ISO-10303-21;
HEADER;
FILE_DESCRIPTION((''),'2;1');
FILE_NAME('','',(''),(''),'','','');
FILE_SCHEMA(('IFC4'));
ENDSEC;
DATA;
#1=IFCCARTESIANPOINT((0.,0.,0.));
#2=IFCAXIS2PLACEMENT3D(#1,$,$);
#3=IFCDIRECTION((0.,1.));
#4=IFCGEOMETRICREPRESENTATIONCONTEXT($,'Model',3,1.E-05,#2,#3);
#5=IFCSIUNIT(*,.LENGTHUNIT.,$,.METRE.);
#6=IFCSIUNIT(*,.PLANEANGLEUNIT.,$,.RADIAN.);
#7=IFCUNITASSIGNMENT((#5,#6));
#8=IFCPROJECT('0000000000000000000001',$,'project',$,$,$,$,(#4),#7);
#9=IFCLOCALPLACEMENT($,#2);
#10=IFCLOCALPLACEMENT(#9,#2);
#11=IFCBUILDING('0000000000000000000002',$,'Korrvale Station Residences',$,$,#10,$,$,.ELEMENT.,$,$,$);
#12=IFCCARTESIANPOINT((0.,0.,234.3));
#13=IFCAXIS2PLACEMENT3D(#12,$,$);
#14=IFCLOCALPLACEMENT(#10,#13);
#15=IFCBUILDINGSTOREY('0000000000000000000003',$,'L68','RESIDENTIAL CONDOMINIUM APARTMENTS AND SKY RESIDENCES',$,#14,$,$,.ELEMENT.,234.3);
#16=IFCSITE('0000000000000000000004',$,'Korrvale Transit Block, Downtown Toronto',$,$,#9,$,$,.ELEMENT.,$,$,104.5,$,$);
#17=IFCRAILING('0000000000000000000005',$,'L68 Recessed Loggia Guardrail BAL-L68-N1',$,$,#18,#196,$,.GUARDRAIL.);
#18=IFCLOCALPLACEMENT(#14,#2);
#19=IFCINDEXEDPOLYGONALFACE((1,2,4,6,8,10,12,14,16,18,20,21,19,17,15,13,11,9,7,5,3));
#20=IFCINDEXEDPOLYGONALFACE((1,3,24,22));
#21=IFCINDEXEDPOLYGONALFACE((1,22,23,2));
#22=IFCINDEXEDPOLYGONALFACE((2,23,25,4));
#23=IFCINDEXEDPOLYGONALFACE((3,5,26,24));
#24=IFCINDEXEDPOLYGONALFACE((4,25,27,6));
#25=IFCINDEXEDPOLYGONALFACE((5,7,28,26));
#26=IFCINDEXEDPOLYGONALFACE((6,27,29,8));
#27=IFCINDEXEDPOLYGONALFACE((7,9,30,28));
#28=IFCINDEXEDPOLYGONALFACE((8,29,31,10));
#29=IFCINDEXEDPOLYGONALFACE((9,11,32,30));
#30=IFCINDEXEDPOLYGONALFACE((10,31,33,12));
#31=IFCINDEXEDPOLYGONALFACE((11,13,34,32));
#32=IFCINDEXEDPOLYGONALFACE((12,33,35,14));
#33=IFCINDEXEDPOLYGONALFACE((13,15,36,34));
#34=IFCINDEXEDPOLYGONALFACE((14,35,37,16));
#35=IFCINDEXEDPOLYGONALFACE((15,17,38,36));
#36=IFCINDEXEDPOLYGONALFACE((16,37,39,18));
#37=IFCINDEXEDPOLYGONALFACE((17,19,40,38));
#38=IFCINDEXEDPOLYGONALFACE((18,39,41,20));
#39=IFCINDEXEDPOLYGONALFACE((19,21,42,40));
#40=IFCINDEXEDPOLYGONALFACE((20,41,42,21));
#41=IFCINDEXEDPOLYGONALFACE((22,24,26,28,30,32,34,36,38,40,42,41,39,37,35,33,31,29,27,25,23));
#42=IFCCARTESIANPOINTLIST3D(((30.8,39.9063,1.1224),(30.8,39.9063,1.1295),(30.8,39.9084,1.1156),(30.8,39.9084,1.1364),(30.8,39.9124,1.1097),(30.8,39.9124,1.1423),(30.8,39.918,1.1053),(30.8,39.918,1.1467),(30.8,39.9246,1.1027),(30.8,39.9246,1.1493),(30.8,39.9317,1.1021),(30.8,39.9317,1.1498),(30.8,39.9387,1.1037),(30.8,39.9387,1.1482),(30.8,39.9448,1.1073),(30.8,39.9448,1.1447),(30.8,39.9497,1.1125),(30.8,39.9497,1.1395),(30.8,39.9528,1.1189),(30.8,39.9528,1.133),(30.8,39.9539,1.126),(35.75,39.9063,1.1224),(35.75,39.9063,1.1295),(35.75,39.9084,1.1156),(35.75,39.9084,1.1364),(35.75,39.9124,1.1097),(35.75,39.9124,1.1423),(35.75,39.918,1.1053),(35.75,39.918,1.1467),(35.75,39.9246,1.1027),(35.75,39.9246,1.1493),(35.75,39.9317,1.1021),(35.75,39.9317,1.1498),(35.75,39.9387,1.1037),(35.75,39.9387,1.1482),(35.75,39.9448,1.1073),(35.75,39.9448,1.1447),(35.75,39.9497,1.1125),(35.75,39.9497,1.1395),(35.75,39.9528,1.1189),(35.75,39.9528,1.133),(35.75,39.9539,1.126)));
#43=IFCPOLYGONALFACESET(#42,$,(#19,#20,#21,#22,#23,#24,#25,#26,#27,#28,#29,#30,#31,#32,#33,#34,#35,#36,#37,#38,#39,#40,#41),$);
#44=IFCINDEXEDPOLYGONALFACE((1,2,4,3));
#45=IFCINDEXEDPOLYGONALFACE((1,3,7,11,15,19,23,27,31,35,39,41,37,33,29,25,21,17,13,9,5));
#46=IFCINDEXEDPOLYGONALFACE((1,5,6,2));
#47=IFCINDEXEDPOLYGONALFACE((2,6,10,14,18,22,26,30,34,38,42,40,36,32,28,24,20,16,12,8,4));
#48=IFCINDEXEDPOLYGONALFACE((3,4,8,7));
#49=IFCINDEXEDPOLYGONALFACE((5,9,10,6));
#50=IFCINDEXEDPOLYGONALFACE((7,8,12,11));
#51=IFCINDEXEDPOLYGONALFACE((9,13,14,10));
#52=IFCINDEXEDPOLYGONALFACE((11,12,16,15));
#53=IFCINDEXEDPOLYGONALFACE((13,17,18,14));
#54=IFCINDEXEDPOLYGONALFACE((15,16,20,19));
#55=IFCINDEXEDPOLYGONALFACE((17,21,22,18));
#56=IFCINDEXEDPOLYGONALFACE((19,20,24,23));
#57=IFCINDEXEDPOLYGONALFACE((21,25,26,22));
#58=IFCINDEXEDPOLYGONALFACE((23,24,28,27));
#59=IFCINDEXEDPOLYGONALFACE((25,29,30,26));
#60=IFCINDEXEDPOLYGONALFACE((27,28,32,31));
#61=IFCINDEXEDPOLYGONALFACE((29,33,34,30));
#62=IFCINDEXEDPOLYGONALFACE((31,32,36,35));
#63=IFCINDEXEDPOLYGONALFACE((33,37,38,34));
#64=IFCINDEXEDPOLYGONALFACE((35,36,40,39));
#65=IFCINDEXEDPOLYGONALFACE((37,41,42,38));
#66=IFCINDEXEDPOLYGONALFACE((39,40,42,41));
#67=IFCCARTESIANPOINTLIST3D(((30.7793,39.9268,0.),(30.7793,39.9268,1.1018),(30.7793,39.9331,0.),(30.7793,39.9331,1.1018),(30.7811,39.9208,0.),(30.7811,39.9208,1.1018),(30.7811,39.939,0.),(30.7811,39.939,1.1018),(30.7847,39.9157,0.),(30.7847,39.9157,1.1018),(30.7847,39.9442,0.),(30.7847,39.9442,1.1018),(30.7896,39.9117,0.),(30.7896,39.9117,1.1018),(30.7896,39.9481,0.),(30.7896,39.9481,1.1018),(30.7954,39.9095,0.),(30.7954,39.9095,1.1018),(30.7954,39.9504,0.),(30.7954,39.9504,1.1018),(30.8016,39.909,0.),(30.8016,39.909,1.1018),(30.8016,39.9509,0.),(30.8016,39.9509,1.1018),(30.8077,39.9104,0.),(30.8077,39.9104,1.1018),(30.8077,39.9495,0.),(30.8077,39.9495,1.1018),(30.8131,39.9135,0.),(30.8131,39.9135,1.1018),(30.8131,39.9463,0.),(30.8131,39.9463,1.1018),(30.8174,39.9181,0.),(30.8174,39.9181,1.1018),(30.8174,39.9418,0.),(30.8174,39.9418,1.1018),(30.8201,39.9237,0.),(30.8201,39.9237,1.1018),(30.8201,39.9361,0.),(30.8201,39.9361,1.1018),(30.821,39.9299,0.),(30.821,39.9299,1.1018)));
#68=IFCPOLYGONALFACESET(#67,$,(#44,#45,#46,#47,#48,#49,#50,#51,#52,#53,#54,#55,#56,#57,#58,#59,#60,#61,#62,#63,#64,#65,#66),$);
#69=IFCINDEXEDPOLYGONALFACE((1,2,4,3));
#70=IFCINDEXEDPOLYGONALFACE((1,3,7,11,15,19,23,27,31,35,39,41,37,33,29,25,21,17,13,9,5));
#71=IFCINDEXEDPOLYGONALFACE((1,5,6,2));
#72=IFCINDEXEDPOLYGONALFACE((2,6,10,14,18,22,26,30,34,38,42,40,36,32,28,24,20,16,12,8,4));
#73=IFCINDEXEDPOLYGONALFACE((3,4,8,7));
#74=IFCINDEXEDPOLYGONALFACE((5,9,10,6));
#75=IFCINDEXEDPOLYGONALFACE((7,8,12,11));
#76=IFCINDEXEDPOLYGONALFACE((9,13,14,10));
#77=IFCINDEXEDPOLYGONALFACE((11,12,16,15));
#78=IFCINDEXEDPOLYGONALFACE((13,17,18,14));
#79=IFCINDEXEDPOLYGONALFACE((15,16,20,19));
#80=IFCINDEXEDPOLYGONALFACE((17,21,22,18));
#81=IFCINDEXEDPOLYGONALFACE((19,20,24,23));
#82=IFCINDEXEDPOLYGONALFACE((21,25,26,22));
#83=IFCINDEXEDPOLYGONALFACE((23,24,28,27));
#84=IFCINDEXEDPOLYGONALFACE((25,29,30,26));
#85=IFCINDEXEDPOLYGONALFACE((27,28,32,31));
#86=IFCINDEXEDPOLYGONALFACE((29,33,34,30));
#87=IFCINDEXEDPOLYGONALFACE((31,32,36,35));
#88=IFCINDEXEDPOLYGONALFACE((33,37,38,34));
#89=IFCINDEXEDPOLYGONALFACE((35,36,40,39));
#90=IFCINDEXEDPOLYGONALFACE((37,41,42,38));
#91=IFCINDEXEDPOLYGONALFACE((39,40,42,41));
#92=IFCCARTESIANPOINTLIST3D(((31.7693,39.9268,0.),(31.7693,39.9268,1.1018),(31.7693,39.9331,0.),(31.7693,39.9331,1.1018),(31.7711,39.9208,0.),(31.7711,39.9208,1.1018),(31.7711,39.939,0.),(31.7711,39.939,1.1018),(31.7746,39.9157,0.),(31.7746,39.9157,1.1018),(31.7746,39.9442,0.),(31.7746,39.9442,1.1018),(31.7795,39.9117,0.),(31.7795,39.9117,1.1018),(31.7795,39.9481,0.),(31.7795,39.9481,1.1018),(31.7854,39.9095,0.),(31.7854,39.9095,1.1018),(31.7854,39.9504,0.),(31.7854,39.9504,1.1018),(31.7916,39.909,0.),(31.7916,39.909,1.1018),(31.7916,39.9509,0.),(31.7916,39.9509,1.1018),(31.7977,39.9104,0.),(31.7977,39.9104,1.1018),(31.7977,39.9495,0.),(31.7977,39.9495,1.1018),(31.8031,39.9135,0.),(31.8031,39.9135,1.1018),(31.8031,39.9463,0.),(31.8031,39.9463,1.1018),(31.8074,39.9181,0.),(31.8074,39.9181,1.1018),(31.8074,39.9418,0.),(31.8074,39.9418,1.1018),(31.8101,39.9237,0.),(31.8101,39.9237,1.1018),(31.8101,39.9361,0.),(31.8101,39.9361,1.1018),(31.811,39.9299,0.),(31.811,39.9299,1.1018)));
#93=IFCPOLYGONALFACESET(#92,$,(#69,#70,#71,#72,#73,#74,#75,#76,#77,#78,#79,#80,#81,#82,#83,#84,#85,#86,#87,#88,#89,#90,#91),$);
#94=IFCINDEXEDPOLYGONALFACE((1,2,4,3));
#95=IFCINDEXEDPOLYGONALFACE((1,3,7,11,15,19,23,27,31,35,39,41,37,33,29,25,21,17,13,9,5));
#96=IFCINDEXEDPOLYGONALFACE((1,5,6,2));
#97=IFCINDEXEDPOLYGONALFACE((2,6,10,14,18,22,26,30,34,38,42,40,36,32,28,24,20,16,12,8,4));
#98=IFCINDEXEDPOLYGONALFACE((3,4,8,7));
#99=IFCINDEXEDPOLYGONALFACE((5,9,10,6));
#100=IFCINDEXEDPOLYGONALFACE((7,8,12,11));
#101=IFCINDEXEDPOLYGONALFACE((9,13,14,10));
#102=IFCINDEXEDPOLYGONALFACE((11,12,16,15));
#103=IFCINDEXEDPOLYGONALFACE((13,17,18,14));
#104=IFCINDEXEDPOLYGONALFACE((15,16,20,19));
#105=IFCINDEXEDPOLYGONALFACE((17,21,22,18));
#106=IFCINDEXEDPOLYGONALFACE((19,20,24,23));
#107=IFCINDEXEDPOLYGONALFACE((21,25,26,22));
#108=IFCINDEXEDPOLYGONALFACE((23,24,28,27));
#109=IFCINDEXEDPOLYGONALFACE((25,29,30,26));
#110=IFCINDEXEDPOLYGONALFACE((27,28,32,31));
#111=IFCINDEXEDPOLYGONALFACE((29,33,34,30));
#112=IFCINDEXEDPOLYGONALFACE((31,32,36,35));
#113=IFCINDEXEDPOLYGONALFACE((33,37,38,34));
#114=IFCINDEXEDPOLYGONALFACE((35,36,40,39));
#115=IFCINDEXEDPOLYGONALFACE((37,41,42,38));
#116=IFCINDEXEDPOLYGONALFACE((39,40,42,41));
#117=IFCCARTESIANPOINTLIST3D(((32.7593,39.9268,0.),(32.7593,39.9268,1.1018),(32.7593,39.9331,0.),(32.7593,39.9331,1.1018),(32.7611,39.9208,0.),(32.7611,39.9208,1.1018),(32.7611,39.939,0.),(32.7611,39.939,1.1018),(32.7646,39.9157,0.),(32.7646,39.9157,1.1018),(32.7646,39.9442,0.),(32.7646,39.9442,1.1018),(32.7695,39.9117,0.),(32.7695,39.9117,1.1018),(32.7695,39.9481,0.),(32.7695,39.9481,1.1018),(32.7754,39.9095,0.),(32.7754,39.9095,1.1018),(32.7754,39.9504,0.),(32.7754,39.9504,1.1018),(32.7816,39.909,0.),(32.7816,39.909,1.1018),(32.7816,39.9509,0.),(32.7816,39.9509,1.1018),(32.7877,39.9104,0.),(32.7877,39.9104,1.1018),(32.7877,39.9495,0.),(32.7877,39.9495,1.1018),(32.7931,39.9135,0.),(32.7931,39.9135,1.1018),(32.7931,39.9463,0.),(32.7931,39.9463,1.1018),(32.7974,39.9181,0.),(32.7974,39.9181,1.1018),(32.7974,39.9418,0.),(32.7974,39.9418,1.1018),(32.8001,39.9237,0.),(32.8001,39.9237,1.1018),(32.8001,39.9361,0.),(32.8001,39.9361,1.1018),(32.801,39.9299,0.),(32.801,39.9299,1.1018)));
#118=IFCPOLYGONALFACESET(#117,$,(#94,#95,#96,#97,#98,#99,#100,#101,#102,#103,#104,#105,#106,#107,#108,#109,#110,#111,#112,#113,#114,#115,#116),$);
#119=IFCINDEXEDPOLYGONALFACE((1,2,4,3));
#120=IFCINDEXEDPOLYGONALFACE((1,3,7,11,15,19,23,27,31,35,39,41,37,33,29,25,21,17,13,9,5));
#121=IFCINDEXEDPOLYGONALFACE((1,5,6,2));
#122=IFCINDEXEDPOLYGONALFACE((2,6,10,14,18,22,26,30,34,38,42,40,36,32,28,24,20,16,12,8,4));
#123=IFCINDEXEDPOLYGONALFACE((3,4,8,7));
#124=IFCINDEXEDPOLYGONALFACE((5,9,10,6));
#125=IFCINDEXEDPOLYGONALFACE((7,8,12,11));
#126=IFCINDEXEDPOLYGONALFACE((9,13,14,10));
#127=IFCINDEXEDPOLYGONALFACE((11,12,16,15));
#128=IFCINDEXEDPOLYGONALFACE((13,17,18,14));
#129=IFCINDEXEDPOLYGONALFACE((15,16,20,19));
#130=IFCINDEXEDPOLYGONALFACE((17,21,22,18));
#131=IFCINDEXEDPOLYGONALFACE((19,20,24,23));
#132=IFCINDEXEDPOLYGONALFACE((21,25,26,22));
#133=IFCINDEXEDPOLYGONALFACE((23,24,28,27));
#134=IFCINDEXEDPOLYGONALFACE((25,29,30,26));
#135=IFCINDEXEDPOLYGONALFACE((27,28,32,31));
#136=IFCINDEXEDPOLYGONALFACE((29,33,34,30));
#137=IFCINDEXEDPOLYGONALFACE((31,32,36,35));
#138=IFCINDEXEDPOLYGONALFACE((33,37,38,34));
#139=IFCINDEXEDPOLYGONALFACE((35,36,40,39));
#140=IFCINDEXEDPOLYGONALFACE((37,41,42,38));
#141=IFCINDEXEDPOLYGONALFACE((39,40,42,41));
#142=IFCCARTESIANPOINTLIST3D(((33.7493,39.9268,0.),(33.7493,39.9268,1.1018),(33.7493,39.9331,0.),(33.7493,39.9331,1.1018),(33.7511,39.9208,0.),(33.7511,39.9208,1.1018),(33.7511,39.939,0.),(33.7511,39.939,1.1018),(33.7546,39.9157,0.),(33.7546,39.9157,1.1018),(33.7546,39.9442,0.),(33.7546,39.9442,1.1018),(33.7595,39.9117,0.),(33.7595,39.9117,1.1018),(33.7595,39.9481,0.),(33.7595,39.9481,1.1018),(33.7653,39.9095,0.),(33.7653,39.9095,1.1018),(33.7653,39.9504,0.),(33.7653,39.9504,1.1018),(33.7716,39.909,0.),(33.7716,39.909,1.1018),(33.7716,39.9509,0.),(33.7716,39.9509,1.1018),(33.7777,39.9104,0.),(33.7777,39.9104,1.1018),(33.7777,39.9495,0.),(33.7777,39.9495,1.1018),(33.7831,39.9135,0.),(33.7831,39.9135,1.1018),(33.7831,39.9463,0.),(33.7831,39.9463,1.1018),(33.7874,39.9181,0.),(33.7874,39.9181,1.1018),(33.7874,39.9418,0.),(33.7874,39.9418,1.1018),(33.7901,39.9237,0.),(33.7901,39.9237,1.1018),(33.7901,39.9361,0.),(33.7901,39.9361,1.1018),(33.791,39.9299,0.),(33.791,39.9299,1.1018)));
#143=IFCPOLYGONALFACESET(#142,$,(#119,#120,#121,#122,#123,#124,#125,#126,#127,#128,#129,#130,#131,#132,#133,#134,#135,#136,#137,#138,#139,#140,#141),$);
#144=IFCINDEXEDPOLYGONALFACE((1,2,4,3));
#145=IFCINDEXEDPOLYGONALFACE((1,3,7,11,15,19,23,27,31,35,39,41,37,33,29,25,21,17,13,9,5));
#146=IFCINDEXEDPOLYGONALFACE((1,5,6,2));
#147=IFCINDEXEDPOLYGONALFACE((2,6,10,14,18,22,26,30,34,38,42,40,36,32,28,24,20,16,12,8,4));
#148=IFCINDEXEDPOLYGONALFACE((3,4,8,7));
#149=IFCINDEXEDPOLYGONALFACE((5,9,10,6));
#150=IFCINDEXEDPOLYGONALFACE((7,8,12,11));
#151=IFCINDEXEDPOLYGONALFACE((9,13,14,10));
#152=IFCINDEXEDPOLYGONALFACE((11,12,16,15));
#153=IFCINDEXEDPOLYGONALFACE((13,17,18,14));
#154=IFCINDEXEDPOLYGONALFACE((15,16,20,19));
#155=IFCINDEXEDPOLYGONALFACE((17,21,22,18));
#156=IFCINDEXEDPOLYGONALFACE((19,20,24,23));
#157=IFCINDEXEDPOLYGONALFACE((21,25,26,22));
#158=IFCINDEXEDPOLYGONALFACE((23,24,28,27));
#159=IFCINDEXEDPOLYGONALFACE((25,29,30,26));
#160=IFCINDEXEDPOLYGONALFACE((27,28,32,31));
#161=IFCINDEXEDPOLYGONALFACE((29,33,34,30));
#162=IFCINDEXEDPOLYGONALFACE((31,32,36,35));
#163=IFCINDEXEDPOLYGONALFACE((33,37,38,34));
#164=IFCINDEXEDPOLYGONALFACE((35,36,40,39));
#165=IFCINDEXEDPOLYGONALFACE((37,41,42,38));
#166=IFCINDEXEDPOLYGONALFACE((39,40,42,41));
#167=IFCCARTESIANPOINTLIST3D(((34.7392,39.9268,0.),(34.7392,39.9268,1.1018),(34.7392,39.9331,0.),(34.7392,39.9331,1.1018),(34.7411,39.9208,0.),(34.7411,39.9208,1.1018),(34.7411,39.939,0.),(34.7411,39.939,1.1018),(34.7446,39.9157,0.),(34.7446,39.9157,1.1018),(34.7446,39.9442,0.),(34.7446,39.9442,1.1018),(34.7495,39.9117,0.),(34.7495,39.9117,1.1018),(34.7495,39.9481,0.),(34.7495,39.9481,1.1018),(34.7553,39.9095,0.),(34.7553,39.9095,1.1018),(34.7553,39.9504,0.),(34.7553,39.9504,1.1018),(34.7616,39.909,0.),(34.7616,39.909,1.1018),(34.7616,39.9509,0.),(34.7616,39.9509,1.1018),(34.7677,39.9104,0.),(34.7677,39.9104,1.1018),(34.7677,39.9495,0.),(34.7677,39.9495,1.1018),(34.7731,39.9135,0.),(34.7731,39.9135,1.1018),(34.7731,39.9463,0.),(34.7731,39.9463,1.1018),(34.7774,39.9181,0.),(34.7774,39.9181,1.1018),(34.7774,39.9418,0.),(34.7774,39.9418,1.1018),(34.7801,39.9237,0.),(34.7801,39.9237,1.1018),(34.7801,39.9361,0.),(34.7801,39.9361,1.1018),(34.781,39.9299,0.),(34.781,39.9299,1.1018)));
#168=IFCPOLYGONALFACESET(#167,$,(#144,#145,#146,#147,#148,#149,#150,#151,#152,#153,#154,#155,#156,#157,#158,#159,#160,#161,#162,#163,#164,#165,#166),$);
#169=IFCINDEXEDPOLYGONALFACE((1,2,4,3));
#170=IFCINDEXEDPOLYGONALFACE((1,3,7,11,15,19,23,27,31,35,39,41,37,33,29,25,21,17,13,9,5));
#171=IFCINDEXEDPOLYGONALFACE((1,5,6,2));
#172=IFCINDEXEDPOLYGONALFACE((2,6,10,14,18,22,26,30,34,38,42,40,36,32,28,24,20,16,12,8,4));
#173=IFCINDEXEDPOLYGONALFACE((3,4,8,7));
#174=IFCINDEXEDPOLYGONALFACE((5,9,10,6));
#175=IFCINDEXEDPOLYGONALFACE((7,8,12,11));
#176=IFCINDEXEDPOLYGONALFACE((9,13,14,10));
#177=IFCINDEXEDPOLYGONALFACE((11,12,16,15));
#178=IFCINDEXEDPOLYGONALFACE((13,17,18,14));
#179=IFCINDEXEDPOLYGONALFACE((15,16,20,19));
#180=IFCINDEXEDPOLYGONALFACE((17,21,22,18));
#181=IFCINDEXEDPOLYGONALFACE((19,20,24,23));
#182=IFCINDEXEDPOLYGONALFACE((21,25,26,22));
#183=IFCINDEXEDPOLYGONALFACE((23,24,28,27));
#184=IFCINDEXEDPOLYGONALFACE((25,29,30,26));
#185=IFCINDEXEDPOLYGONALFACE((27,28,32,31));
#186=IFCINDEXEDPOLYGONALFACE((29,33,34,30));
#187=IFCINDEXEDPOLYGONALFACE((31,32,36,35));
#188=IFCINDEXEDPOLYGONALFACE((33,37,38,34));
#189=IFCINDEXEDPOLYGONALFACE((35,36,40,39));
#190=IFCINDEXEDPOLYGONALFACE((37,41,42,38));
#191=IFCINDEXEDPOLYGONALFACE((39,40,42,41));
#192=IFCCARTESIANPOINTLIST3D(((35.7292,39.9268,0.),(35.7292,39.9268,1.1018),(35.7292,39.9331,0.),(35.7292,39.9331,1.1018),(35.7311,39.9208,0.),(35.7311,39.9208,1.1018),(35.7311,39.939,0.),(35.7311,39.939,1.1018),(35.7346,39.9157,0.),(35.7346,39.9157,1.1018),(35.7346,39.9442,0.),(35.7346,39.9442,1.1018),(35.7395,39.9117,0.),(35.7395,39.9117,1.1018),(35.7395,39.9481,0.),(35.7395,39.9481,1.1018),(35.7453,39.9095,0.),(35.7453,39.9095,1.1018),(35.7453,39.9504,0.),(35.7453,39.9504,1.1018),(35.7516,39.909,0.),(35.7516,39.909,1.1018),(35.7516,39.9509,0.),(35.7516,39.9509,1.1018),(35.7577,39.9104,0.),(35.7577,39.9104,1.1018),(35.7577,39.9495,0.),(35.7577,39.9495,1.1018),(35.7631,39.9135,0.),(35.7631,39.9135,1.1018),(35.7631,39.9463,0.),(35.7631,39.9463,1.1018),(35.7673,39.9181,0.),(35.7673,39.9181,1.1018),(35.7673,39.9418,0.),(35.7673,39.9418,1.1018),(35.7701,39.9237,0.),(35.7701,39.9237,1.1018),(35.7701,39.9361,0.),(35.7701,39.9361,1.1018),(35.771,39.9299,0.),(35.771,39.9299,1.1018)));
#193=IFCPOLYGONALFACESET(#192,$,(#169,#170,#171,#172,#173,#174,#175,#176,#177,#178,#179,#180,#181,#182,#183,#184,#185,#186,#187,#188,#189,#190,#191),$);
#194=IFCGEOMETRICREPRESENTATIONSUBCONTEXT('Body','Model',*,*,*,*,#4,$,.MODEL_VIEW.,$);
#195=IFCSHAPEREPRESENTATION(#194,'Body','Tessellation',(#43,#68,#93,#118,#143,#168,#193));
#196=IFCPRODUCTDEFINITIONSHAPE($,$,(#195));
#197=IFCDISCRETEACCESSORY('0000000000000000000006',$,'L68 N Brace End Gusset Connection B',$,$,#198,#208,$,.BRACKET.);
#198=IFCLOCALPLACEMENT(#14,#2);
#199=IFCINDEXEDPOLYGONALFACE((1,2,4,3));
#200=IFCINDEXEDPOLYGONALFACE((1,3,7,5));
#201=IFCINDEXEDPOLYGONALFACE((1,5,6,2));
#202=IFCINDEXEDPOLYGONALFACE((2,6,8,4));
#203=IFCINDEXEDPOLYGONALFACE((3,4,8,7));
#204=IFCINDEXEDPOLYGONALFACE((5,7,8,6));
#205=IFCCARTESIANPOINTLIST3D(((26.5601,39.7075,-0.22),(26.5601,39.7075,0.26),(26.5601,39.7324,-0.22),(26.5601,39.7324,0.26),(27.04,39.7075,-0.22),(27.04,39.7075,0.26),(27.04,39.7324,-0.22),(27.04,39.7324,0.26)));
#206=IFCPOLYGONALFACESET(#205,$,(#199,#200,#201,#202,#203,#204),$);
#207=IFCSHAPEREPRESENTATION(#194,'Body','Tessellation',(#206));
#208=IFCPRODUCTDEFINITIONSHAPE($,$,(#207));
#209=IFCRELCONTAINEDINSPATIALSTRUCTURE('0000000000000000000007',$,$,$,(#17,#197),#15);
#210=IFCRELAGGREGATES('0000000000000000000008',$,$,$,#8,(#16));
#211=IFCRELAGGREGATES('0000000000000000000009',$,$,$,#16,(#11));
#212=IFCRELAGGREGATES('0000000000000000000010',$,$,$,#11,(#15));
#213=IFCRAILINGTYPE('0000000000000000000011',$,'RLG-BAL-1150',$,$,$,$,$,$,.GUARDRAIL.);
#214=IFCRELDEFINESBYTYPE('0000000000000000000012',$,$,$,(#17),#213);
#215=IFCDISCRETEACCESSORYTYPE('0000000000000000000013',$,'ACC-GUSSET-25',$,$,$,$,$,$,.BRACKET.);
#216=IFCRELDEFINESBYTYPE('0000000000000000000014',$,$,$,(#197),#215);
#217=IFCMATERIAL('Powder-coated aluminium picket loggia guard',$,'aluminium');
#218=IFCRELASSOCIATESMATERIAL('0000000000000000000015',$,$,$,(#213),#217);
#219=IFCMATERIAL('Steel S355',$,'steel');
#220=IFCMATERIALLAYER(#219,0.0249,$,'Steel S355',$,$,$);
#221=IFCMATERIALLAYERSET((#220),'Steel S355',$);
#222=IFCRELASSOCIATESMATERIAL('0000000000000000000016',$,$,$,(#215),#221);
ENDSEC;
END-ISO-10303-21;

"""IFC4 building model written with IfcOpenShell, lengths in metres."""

from ifc_helpers import new_model, si_unit, direction, frame, origin, origin_2d, place, context, subcontext, project, spatial, rectangle, circle, extrude, material, layer, layer_set, type_object, element, save


model = new_model("IFC4")

# Units and contexts
model_context = context("Model", 3, precision=1e-05, world=origin(), true_north=direction((0.0, 1.0)))
body_context = subcontext(model_context, "Body", "Model", "MODEL_VIEW")
ifc_project = project(units=[si_unit("LENGTHUNIT", "METRE"), si_unit("PLANEANGLEUNIT", "RADIAN")], contexts=[model_context])

# Site, building, storey
site_placement = place(None, origin())
site = spatial("IfcSite", under=ifc_project, at=site_placement, Name="Korrvale Transit Block, Downtown Toronto", CompositionType="ELEMENT", RefElevation=104.5)
building_placement = place(site_placement, origin())
building = spatial("IfcBuilding", under=site, at=building_placement, Name="Korrvale Station Residences", CompositionType="ELEMENT")
storey_placement = place(building_placement, frame((0.0, 0.0, 234.3)))
storey = spatial("IfcBuildingStorey", under=building, at=storey_placement, Name="L68", Description="RESIDENTIAL CONDOMINIUM APARTMENTS AND SKY RESIDENCES", CompositionType="ELEMENT", Elevation=234.3)

# Shared definitions
ifc_material_1 = material(Name="Steel S355", Category="steel")

# Railing
ifc_material_2 = material(Name="Powder-coated aluminium picket loggia guard", Category="aluminium")
railing_type = type_object("IfcRailingType", Name="RLG-BAL-1150", PredefinedType="GUARDRAIL", material=ifc_material_2)
railing_placement = place(storey_placement, frame((30.8, 39.9299, 0.0)))
element("IfcRailing", 1, at=railing_placement, inside=storey, type_object=railing_type, Name="L68 Recessed Loggia Guardrail BAL-L68-N1", PredefinedType="GUARDRAIL", context=body_context, shape_type="SweptSolid", body=[
    extrude(circle(Radius=0.0239, at=origin_2d()), frame((0.0, 0.0, 1.126), z_axis=(1.0, 0.0, 0.0), x_axis=(0.0, 1.0, 0.0)), (0.0, 0.0, 1.0), 4.95),
    extrude(circle(Radius=0.021, at=origin_2d()), origin(), (0.0, 0.0, 1.0), 1.1018),
    extrude(circle(Radius=0.021, at=origin_2d()), frame((0.99, 0.0, 0.0)), (0.0, 0.0, 1.0), 1.1018),
    extrude(circle(Radius=0.021, at=origin_2d()), frame((1.98, 0.0, 0.0)), (0.0, 0.0, 1.0), 1.1018),
    extrude(circle(Radius=0.021, at=origin_2d()), frame((2.97, 0.0, 0.0)), (0.0, 0.0, 1.0), 1.1018),
    extrude(circle(Radius=0.021, at=origin_2d()), frame((3.96, 0.0, 0.0)), (0.0, 0.0, 1.0), 1.1018),
    extrude(circle(Radius=0.021, at=origin_2d()), frame((4.95, 0.0, 0.0)), (0.0, 0.0, 1.0), 1.1018),
])

# Discrete accessory
ifc_layer_1 = layer(ifc_material_1, 0.0249, Name="Steel S355")
ifc_layer_set_1 = layer_set([ifc_layer_1], Name="Steel S355")
discrete_accessory_type = type_object("IfcDiscreteAccessoryType", Name="ACC-GUSSET-25", PredefinedType="BRACKET", material=ifc_layer_set_1)
for number, where, z_axis, x_axis, name in (
    (2, (26.8, 39.72, -0.22), (0.0, 0.0, 1.0), (1.0, 0.0, 0.0), "L68 N Brace End Gusset Connection B"),
):
    element("IfcDiscreteAccessory", number, at=place(storey_placement, frame(where, z_axis=z_axis, x_axis=x_axis)), inside=storey, type_object=discrete_accessory_type, Name=name, PredefinedType="BRACKET", context=body_context, shape_type="SweptSolid", body=[
        extrude(rectangle(XDim=0.48, YDim=0.0249, at=origin_2d()), origin(), (0.0, 0.0, 1.0), 0.48),
    ])

save(model, "model.ifc")
